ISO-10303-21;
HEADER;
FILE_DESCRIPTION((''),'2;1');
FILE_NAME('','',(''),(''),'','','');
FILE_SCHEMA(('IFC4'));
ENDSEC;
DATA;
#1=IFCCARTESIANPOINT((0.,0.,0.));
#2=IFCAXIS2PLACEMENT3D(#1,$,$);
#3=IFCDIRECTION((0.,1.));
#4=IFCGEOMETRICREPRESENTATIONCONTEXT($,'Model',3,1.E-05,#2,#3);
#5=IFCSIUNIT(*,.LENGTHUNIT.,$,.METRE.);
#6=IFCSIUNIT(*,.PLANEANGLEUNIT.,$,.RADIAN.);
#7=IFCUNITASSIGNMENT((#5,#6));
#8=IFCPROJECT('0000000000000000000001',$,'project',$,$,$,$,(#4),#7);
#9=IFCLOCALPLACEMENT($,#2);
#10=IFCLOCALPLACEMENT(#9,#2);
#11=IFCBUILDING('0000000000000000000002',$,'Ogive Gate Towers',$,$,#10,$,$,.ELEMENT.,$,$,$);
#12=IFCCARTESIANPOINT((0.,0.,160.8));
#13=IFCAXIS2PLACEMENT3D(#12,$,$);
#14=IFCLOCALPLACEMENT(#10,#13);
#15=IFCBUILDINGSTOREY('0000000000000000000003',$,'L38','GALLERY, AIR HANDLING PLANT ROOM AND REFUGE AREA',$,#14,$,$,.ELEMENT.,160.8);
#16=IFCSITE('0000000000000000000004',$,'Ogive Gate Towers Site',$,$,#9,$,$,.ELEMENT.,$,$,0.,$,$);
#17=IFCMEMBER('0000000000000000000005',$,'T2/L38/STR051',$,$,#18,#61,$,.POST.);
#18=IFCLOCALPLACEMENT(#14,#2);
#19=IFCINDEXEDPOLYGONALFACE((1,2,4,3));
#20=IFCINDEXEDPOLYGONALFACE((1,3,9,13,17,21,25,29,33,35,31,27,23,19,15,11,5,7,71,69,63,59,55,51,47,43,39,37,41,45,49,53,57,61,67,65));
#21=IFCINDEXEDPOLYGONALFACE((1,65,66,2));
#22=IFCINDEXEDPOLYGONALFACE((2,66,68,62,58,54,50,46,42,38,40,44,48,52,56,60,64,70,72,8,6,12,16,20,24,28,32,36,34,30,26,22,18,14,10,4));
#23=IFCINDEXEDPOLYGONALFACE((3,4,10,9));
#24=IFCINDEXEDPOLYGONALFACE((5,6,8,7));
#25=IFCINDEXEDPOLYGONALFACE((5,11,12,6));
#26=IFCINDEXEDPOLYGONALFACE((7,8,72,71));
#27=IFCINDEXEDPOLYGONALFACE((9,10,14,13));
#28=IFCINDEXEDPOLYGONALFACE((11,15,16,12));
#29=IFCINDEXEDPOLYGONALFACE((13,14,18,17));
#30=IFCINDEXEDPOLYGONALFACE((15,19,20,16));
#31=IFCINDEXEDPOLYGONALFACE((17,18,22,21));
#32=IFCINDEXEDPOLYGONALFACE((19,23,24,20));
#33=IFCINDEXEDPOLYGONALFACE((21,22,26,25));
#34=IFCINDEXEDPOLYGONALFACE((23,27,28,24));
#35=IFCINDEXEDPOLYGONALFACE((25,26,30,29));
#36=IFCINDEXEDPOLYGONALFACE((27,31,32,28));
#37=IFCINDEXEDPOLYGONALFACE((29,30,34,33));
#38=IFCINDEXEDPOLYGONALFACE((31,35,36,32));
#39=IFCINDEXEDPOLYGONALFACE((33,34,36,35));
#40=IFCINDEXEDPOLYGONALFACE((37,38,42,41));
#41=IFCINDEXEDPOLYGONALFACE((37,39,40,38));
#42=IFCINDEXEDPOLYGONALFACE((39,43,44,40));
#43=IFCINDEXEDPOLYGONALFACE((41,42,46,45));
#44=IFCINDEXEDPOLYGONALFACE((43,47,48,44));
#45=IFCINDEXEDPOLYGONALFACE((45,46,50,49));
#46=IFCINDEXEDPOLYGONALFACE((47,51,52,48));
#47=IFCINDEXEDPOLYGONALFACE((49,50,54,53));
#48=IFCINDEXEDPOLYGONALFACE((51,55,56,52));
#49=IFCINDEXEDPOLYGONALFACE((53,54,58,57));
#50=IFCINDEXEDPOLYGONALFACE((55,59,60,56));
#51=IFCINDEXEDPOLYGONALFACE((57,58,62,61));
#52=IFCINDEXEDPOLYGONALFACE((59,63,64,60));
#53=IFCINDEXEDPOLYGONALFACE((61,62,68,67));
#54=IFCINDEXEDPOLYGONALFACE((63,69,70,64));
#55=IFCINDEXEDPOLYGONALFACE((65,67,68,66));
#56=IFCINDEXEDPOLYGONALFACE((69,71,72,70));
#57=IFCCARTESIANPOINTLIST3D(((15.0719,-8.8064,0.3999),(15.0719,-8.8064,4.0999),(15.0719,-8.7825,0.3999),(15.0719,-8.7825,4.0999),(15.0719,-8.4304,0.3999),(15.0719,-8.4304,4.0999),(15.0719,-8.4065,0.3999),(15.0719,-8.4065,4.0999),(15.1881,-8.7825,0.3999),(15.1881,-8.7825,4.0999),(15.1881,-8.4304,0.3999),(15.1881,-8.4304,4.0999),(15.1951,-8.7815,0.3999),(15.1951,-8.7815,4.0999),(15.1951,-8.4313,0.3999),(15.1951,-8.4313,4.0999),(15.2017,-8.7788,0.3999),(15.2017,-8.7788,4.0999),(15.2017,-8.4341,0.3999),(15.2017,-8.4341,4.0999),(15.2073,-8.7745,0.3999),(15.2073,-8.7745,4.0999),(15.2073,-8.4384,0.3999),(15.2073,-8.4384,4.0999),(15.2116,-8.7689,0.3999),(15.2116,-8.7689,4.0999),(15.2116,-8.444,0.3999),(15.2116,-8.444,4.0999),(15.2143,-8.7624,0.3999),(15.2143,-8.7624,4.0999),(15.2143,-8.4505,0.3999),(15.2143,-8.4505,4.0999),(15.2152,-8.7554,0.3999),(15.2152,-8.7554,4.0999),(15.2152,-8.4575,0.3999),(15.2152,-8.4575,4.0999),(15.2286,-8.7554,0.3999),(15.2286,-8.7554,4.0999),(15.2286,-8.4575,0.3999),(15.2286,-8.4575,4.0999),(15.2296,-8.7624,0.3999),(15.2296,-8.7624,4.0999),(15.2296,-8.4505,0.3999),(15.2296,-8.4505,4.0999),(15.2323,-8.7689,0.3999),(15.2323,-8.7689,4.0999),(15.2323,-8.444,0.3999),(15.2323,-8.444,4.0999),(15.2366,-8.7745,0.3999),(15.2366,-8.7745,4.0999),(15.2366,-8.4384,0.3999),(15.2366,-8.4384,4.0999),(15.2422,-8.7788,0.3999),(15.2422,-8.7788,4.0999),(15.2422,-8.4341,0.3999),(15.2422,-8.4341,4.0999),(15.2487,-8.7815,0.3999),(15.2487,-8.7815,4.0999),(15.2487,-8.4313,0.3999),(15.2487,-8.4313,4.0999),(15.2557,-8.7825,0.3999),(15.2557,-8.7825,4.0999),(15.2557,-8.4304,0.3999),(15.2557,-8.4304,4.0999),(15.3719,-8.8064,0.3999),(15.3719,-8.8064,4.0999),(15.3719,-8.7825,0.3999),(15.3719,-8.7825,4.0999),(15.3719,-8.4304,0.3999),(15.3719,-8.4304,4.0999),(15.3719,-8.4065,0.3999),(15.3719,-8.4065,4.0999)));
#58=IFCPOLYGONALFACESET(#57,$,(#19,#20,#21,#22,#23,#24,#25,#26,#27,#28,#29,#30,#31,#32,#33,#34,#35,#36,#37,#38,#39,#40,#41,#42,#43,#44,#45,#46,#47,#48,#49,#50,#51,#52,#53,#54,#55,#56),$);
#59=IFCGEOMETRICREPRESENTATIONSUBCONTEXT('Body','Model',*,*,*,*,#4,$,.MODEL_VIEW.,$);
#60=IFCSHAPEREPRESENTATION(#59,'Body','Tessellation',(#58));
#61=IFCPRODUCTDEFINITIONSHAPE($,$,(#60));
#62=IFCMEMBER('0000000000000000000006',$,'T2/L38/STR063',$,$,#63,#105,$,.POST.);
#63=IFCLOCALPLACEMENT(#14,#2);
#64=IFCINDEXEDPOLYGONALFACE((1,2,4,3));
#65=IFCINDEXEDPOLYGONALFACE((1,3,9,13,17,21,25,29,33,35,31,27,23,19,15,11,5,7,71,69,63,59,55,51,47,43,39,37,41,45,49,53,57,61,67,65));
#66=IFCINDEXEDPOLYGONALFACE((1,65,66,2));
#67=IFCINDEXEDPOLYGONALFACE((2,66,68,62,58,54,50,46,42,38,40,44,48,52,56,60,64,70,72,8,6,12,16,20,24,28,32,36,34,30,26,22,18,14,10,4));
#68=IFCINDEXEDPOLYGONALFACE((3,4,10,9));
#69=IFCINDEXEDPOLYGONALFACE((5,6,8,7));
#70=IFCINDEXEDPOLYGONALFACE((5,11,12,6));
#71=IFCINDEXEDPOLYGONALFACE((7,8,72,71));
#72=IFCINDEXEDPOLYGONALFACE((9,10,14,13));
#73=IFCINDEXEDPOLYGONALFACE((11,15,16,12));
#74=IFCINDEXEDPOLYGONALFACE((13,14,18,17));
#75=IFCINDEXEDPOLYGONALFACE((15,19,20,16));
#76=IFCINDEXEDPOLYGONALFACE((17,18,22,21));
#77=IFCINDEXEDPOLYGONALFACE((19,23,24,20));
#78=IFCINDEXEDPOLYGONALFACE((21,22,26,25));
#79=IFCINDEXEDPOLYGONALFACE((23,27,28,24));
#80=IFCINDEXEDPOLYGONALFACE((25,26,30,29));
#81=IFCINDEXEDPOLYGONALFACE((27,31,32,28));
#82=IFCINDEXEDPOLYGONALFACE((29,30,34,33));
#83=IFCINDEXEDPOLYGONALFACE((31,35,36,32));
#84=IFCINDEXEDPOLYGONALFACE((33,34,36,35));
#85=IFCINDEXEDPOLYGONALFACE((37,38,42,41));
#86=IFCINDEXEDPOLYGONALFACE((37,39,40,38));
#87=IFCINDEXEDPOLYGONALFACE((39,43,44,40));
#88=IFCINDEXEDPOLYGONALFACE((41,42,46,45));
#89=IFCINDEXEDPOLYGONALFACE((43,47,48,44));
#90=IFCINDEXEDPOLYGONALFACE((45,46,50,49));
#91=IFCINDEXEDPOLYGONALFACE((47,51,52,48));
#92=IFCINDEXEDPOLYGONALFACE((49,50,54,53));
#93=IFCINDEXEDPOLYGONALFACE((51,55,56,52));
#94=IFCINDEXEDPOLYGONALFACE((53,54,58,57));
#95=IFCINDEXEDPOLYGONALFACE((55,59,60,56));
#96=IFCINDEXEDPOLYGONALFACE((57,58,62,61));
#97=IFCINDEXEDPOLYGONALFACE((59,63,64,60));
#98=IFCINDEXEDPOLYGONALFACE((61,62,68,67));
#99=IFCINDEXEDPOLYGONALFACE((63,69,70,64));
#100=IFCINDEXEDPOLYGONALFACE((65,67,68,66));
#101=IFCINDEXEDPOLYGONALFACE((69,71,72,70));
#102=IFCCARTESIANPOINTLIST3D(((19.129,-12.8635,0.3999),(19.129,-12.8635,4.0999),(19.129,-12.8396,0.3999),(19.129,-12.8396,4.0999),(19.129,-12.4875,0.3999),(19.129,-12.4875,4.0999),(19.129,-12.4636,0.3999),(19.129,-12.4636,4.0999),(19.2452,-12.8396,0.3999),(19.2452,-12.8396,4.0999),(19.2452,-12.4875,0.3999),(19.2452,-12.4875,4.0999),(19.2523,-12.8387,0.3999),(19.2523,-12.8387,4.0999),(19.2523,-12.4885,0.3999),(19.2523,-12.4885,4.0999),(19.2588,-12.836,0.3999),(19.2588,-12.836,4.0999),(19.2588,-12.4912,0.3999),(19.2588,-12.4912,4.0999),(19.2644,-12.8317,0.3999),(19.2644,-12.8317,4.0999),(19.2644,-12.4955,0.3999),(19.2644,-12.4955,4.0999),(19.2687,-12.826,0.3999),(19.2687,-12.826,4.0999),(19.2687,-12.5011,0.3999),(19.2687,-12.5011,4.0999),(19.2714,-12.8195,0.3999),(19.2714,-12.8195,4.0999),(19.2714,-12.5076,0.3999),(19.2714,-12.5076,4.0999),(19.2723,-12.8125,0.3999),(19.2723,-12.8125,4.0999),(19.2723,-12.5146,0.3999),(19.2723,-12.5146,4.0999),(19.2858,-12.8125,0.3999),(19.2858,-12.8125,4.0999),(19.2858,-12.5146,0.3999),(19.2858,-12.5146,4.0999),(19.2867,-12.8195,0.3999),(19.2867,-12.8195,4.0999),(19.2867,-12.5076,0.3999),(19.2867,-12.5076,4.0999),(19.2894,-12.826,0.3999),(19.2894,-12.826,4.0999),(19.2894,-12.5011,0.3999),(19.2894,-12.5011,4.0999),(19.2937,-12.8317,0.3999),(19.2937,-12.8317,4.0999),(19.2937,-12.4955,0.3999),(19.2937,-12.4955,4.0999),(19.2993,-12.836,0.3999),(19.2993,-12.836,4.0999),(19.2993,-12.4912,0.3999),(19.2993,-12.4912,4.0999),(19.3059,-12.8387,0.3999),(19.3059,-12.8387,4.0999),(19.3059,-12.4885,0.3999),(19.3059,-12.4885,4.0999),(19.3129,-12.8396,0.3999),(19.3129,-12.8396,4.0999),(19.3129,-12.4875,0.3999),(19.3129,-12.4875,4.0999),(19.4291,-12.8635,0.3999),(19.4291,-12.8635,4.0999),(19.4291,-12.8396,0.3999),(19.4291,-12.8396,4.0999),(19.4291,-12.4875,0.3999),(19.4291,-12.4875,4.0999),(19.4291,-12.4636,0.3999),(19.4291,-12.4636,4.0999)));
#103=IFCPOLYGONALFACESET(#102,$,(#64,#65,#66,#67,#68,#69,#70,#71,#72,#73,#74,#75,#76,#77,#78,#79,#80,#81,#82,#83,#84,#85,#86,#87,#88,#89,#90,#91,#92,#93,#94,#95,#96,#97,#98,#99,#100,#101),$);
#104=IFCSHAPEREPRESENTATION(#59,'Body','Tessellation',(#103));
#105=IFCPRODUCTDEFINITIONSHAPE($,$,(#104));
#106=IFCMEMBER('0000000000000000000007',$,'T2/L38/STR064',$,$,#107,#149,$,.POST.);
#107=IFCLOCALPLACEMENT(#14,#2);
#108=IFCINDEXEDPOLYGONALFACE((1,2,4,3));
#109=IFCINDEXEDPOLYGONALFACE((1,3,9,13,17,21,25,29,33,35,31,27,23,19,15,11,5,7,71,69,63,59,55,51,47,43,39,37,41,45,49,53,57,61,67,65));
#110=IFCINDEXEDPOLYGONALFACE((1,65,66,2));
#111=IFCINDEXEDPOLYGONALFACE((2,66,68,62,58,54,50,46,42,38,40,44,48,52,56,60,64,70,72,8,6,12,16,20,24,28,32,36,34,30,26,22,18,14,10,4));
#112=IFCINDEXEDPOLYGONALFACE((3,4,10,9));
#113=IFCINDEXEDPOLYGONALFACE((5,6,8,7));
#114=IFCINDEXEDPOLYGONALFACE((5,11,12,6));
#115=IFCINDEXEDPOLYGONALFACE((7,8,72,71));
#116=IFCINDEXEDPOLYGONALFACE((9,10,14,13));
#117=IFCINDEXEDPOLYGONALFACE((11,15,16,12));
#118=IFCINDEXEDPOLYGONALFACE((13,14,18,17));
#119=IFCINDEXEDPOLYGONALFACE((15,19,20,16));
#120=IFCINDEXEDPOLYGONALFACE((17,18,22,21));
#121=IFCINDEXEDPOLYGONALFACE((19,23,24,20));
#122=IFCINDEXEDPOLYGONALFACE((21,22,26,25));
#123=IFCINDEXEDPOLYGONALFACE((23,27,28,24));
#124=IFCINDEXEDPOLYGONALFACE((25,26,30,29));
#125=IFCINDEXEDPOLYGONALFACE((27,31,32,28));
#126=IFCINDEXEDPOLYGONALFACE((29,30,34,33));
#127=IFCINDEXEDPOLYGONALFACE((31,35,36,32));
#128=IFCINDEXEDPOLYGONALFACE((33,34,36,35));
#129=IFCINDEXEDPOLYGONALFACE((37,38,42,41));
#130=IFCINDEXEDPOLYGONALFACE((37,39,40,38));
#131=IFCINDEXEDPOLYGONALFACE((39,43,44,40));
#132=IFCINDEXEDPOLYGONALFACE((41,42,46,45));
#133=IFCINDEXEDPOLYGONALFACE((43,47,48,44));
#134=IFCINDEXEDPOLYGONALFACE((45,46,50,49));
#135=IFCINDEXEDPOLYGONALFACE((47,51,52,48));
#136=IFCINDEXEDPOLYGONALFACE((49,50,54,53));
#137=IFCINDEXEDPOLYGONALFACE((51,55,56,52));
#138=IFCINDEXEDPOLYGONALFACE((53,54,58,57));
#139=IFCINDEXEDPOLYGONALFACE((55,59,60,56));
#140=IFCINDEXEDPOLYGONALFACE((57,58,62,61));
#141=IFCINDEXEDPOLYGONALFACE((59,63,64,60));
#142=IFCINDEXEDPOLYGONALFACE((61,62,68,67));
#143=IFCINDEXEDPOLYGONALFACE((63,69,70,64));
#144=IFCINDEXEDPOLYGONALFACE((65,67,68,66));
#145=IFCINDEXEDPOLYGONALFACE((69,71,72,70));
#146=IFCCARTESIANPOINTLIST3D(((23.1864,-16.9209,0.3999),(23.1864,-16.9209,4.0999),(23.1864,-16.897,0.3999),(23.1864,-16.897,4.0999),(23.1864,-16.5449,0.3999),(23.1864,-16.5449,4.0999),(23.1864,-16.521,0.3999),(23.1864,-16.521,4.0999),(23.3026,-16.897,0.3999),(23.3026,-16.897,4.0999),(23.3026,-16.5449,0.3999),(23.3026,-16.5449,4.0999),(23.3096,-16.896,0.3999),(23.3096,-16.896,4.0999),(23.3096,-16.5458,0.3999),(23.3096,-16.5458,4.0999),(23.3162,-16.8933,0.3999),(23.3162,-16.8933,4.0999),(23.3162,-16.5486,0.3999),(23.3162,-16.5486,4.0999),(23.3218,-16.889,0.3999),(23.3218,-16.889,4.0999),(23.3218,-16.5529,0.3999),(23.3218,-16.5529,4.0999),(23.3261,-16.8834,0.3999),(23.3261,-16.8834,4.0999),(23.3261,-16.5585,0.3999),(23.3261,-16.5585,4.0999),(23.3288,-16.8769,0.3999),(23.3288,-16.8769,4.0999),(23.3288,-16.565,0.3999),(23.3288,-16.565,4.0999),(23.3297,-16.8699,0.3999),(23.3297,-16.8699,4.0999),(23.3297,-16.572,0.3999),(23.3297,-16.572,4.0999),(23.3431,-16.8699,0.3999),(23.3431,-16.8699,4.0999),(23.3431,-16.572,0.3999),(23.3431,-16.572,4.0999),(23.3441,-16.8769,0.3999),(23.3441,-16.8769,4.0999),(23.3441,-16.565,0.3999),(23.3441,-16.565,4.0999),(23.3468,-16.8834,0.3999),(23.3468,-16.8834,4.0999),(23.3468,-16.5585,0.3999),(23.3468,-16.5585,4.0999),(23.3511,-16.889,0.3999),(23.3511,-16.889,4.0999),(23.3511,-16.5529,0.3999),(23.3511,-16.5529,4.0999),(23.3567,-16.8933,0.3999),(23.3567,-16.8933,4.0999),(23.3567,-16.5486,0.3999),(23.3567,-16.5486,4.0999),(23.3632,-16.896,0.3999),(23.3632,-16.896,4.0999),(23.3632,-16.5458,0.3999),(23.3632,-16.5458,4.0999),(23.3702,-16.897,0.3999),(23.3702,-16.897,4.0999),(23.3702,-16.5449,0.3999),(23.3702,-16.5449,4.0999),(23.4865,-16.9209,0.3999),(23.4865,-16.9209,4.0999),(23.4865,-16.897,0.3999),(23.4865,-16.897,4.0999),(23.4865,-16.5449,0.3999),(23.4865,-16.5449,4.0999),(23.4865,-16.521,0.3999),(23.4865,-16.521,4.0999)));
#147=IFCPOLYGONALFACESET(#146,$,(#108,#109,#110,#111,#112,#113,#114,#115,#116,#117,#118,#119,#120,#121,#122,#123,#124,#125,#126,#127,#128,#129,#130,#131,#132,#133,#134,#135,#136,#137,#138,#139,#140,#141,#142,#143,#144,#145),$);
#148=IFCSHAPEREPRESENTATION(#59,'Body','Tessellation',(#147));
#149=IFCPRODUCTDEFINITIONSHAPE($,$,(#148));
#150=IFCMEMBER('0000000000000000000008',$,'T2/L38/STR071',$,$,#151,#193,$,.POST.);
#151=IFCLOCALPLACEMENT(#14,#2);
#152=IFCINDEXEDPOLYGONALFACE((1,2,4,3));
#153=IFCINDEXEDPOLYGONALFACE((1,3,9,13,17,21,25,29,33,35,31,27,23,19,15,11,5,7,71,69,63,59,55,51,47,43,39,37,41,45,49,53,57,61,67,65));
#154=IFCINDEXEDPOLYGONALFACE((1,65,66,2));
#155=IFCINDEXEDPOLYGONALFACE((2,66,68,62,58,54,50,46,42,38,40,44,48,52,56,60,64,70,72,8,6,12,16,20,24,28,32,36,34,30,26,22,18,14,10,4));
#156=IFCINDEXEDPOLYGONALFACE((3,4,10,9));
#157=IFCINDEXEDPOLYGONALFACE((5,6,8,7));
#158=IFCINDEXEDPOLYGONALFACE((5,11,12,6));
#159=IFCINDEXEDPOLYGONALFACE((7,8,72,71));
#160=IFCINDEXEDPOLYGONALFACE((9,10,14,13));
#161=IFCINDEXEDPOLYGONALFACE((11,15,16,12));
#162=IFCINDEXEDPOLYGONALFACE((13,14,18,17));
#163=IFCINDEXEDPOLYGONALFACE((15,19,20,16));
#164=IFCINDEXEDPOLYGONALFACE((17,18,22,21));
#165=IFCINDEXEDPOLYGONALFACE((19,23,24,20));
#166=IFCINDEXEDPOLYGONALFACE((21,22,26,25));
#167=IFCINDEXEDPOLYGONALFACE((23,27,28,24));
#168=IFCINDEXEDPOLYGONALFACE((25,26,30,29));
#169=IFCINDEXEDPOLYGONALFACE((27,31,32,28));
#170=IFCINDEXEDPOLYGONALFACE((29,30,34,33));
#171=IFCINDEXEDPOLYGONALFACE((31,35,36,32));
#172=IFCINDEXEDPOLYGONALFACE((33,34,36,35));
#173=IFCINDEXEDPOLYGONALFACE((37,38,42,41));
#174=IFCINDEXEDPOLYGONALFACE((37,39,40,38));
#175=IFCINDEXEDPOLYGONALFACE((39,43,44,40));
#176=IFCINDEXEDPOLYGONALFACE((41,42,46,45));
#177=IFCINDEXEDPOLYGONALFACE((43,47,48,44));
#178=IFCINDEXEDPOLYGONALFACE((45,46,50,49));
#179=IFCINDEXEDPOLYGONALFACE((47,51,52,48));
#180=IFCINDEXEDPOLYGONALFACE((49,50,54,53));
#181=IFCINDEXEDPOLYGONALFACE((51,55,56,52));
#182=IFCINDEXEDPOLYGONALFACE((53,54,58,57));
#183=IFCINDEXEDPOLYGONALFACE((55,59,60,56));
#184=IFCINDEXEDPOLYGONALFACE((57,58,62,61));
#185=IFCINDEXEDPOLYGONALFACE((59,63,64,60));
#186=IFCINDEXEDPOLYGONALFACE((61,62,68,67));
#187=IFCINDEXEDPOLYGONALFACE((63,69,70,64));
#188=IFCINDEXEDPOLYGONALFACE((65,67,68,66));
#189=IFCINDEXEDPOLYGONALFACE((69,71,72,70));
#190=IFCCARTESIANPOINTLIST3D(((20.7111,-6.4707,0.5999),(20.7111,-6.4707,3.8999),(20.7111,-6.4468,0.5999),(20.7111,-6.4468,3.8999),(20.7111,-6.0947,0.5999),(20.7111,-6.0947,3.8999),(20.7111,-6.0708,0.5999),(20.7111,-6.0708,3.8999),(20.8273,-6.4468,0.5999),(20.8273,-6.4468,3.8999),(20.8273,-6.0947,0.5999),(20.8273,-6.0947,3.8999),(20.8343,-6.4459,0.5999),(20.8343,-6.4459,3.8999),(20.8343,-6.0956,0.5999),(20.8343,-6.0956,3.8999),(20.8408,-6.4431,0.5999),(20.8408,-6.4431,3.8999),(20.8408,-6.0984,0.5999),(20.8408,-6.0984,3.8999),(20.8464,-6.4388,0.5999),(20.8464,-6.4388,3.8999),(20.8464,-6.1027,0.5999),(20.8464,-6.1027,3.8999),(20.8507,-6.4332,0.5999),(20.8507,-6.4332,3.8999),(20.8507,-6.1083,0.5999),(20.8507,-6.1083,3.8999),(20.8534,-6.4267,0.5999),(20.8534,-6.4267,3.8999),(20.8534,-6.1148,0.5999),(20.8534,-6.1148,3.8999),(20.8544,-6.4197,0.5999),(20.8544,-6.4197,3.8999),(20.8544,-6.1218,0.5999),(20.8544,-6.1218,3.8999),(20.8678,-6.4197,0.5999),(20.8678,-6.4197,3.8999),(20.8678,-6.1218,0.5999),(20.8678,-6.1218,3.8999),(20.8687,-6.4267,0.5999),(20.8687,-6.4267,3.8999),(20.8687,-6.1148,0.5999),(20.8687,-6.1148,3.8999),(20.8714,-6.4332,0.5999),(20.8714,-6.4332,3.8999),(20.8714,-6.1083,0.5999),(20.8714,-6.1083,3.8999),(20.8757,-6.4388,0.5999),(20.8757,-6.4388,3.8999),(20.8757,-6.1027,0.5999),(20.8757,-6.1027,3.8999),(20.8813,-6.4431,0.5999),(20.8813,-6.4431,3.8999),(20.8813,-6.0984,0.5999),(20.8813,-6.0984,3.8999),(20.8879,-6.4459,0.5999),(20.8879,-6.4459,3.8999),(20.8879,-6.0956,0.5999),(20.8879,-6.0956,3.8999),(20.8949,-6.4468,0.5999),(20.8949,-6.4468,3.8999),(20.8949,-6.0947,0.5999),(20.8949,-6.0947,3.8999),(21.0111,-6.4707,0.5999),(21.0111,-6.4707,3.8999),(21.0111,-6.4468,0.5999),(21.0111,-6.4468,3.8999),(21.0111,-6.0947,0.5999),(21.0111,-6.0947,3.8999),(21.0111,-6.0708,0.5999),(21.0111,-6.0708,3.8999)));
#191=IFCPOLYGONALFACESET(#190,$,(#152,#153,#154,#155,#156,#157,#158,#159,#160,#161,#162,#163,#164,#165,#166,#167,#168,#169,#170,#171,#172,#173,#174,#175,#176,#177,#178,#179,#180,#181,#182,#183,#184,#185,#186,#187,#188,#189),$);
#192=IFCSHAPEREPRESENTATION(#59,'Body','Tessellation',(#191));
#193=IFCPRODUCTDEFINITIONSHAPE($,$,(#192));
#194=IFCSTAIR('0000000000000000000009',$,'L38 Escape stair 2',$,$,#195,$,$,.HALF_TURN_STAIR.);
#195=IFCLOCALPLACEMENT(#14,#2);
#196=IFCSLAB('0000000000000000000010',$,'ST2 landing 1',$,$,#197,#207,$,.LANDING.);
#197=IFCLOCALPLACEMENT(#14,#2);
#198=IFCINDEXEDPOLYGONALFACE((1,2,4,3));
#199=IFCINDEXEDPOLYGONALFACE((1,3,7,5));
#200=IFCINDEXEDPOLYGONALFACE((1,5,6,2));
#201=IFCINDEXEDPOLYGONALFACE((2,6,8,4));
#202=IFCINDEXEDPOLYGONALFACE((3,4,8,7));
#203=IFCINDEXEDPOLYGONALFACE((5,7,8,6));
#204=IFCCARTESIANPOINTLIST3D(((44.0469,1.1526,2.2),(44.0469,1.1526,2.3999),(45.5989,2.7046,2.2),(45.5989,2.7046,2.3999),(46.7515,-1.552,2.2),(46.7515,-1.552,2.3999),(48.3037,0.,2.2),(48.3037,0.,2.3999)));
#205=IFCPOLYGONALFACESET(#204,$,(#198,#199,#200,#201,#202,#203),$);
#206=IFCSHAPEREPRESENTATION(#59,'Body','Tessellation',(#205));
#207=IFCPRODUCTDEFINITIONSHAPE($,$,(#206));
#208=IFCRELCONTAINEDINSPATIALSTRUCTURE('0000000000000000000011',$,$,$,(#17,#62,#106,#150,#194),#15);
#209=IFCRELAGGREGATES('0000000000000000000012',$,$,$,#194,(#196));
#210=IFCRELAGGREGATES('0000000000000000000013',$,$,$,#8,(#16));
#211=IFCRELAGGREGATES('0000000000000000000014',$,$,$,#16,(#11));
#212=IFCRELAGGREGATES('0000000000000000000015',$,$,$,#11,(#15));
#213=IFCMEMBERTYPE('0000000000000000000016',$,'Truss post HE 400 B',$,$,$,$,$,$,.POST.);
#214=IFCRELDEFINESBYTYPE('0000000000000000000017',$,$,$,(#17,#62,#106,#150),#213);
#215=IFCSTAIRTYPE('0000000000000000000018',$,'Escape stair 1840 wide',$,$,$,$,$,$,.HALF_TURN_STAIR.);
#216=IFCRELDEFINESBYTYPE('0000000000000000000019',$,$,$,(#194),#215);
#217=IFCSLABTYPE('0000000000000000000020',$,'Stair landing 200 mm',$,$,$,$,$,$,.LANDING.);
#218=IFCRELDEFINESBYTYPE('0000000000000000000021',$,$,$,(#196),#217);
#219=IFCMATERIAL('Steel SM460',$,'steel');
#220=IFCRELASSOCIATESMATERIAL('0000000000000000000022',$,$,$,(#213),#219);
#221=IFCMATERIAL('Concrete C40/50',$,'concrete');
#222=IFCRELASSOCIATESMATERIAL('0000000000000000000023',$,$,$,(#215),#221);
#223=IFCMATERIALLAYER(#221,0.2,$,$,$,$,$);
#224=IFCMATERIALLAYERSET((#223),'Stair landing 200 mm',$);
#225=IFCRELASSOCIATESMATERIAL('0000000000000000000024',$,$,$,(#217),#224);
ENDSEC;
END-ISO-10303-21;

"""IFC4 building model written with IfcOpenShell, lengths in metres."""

from ifc_helpers import new_model, si_unit, direction, frame, origin, origin_2d, place, context, subcontext, project, spatial, polyline, i_section, outline, extrude, material, layer, layer_set, material_profile, profile_set, type_object, element, aggregate, save


model = new_model("IFC4")

# Units and contexts
model_context = context("Model", 3, precision=1e-05, world=origin(), true_north=direction((0.0, 1.0)))
body_context = subcontext(model_context, "Body", "Model", "MODEL_VIEW")
ifc_project = project(units=[si_unit("LENGTHUNIT", "METRE"), si_unit("PLANEANGLEUNIT", "RADIAN")], contexts=[model_context])

# Site, building, storey
site_placement = place(None, origin())
site = spatial("IfcSite", under=ifc_project, at=site_placement, Name="Ogive Gate Towers Site", CompositionType="ELEMENT", RefElevation=0.0)
building_placement = place(site_placement, origin())
building = spatial("IfcBuilding", under=site, at=building_placement, Name="Ogive Gate Towers", CompositionType="ELEMENT")
storey_placement = place(building_placement, frame((0.0, 0.0, 160.8)))
storey = spatial("IfcBuildingStorey", under=building, at=storey_placement, Name="L38", Description="GALLERY, AIR HANDLING PLANT ROOM AND REFUGE AREA", CompositionType="ELEMENT", Elevation=160.8)

# Shared definitions
ifc_material_1 = material(Name="Steel SM460", Category="steel")

# Members
ifc_material_profile_1 = material_profile(ifc_material_1, i_section(OverallWidth=0.3, OverallDepth=0.3999, WebThickness=0.0134, FlangeThickness=0.0239, FilletRadius=0.0271, at=origin_2d()), Name="HE 400 B")
ifc_profile_set_1 = profile_set([ifc_material_profile_1], Name="Steel SM460")
member_type_1 = type_object("IfcMemberType", Name="Truss post HE 400 B", PredefinedType="POST", material=ifc_profile_set_1)
for number, where, z_axis, x_axis, name in (
    (1, (15.2219, -8.6064, 0.3999), (0.0, 0.0, 1.0), (1.0, 0.0, 0.0), "T2/L38/STR051"),
    (2, (19.2791, -12.6636, 0.3999), (0.0, 0.0, 1.0), (1.0, 0.0, 0.0), "T2/L38/STR063"),
    (3, (23.3364, -16.7209, 0.3999), (0.0, 0.0, 1.0), (1.0, 0.0, 0.0), "T2/L38/STR064"),
):
    element("IfcMember", number, at=place(storey_placement, frame(where, z_axis=z_axis, x_axis=x_axis)), inside=storey, type_object=member_type_1, Name=name, PredefinedType="POST", context=body_context, shape_type="SweptSolid", body=[
        extrude(i_section(OverallWidth=0.3, OverallDepth=0.3999, WebThickness=0.0134, FlangeThickness=0.0239, FilletRadius=0.0271, at=origin_2d()), origin(), (0.0, 0.0, 1.0), 3.7),
    ])
member_1_placement = place(storey_placement, frame((20.8611, -6.2708, 0.5999), z_axis=(0.0, 0.0, 1.0), x_axis=(1.0, 0.0, 0.0)))
element("IfcMember", 4, at=member_1_placement, inside=storey, type_object=member_type_1, Name="T2/L38/STR071", PredefinedType="POST", context=body_context, shape_type="SweptSolid", body=[
    extrude(i_section(OverallWidth=0.3, OverallDepth=0.3999, WebThickness=0.0134, FlangeThickness=0.0239, FilletRadius=0.0271, at=origin_2d()), origin(), (0.0, 0.0, 1.0), 3.3),
])

# Stair, slab
ifc_material_2 = material(Name="Concrete C40/50", Category="concrete")
stair_type = type_object("IfcStairType", Name="Escape stair 1840 wide", PredefinedType="HALF_TURN_STAIR", material=ifc_material_2)
stair_placement = place(storey_placement, origin())
stair = element("IfcStair", 5, at=stair_placement, inside=storey, type_object=stair_type, Name="L38 Escape stair 2", PredefinedType="HALF_TURN_STAIR")
ifc_layer_1 = layer(ifc_material_2, 0.2)
ifc_layer_set_1 = layer_set([ifc_layer_1], Name="Stair landing 200 mm")
slab_type = type_object("IfcSlabType", Name="Stair landing 200 mm", PredefinedType="LANDING", material=ifc_layer_set_1)
slab_placement = place(storey_placement, frame((0.0, 0.0, 2.2)))
slab = element("IfcSlab", 6, at=slab_placement, type_object=slab_type, Name="ST2 landing 1", PredefinedType="LANDING", context=body_context, shape_type="SweptSolid", body=[
    extrude(outline(polyline([(46.7515, -1.552), (48.3037, 0.0), (45.5989, 2.7046), (44.0469, 1.1526), (46.7515, -1.552)])), origin(), (0.0, 0.0, 1.0), 0.2),
])
aggregate(stair, [slab])

save(model, "model.ifc")
